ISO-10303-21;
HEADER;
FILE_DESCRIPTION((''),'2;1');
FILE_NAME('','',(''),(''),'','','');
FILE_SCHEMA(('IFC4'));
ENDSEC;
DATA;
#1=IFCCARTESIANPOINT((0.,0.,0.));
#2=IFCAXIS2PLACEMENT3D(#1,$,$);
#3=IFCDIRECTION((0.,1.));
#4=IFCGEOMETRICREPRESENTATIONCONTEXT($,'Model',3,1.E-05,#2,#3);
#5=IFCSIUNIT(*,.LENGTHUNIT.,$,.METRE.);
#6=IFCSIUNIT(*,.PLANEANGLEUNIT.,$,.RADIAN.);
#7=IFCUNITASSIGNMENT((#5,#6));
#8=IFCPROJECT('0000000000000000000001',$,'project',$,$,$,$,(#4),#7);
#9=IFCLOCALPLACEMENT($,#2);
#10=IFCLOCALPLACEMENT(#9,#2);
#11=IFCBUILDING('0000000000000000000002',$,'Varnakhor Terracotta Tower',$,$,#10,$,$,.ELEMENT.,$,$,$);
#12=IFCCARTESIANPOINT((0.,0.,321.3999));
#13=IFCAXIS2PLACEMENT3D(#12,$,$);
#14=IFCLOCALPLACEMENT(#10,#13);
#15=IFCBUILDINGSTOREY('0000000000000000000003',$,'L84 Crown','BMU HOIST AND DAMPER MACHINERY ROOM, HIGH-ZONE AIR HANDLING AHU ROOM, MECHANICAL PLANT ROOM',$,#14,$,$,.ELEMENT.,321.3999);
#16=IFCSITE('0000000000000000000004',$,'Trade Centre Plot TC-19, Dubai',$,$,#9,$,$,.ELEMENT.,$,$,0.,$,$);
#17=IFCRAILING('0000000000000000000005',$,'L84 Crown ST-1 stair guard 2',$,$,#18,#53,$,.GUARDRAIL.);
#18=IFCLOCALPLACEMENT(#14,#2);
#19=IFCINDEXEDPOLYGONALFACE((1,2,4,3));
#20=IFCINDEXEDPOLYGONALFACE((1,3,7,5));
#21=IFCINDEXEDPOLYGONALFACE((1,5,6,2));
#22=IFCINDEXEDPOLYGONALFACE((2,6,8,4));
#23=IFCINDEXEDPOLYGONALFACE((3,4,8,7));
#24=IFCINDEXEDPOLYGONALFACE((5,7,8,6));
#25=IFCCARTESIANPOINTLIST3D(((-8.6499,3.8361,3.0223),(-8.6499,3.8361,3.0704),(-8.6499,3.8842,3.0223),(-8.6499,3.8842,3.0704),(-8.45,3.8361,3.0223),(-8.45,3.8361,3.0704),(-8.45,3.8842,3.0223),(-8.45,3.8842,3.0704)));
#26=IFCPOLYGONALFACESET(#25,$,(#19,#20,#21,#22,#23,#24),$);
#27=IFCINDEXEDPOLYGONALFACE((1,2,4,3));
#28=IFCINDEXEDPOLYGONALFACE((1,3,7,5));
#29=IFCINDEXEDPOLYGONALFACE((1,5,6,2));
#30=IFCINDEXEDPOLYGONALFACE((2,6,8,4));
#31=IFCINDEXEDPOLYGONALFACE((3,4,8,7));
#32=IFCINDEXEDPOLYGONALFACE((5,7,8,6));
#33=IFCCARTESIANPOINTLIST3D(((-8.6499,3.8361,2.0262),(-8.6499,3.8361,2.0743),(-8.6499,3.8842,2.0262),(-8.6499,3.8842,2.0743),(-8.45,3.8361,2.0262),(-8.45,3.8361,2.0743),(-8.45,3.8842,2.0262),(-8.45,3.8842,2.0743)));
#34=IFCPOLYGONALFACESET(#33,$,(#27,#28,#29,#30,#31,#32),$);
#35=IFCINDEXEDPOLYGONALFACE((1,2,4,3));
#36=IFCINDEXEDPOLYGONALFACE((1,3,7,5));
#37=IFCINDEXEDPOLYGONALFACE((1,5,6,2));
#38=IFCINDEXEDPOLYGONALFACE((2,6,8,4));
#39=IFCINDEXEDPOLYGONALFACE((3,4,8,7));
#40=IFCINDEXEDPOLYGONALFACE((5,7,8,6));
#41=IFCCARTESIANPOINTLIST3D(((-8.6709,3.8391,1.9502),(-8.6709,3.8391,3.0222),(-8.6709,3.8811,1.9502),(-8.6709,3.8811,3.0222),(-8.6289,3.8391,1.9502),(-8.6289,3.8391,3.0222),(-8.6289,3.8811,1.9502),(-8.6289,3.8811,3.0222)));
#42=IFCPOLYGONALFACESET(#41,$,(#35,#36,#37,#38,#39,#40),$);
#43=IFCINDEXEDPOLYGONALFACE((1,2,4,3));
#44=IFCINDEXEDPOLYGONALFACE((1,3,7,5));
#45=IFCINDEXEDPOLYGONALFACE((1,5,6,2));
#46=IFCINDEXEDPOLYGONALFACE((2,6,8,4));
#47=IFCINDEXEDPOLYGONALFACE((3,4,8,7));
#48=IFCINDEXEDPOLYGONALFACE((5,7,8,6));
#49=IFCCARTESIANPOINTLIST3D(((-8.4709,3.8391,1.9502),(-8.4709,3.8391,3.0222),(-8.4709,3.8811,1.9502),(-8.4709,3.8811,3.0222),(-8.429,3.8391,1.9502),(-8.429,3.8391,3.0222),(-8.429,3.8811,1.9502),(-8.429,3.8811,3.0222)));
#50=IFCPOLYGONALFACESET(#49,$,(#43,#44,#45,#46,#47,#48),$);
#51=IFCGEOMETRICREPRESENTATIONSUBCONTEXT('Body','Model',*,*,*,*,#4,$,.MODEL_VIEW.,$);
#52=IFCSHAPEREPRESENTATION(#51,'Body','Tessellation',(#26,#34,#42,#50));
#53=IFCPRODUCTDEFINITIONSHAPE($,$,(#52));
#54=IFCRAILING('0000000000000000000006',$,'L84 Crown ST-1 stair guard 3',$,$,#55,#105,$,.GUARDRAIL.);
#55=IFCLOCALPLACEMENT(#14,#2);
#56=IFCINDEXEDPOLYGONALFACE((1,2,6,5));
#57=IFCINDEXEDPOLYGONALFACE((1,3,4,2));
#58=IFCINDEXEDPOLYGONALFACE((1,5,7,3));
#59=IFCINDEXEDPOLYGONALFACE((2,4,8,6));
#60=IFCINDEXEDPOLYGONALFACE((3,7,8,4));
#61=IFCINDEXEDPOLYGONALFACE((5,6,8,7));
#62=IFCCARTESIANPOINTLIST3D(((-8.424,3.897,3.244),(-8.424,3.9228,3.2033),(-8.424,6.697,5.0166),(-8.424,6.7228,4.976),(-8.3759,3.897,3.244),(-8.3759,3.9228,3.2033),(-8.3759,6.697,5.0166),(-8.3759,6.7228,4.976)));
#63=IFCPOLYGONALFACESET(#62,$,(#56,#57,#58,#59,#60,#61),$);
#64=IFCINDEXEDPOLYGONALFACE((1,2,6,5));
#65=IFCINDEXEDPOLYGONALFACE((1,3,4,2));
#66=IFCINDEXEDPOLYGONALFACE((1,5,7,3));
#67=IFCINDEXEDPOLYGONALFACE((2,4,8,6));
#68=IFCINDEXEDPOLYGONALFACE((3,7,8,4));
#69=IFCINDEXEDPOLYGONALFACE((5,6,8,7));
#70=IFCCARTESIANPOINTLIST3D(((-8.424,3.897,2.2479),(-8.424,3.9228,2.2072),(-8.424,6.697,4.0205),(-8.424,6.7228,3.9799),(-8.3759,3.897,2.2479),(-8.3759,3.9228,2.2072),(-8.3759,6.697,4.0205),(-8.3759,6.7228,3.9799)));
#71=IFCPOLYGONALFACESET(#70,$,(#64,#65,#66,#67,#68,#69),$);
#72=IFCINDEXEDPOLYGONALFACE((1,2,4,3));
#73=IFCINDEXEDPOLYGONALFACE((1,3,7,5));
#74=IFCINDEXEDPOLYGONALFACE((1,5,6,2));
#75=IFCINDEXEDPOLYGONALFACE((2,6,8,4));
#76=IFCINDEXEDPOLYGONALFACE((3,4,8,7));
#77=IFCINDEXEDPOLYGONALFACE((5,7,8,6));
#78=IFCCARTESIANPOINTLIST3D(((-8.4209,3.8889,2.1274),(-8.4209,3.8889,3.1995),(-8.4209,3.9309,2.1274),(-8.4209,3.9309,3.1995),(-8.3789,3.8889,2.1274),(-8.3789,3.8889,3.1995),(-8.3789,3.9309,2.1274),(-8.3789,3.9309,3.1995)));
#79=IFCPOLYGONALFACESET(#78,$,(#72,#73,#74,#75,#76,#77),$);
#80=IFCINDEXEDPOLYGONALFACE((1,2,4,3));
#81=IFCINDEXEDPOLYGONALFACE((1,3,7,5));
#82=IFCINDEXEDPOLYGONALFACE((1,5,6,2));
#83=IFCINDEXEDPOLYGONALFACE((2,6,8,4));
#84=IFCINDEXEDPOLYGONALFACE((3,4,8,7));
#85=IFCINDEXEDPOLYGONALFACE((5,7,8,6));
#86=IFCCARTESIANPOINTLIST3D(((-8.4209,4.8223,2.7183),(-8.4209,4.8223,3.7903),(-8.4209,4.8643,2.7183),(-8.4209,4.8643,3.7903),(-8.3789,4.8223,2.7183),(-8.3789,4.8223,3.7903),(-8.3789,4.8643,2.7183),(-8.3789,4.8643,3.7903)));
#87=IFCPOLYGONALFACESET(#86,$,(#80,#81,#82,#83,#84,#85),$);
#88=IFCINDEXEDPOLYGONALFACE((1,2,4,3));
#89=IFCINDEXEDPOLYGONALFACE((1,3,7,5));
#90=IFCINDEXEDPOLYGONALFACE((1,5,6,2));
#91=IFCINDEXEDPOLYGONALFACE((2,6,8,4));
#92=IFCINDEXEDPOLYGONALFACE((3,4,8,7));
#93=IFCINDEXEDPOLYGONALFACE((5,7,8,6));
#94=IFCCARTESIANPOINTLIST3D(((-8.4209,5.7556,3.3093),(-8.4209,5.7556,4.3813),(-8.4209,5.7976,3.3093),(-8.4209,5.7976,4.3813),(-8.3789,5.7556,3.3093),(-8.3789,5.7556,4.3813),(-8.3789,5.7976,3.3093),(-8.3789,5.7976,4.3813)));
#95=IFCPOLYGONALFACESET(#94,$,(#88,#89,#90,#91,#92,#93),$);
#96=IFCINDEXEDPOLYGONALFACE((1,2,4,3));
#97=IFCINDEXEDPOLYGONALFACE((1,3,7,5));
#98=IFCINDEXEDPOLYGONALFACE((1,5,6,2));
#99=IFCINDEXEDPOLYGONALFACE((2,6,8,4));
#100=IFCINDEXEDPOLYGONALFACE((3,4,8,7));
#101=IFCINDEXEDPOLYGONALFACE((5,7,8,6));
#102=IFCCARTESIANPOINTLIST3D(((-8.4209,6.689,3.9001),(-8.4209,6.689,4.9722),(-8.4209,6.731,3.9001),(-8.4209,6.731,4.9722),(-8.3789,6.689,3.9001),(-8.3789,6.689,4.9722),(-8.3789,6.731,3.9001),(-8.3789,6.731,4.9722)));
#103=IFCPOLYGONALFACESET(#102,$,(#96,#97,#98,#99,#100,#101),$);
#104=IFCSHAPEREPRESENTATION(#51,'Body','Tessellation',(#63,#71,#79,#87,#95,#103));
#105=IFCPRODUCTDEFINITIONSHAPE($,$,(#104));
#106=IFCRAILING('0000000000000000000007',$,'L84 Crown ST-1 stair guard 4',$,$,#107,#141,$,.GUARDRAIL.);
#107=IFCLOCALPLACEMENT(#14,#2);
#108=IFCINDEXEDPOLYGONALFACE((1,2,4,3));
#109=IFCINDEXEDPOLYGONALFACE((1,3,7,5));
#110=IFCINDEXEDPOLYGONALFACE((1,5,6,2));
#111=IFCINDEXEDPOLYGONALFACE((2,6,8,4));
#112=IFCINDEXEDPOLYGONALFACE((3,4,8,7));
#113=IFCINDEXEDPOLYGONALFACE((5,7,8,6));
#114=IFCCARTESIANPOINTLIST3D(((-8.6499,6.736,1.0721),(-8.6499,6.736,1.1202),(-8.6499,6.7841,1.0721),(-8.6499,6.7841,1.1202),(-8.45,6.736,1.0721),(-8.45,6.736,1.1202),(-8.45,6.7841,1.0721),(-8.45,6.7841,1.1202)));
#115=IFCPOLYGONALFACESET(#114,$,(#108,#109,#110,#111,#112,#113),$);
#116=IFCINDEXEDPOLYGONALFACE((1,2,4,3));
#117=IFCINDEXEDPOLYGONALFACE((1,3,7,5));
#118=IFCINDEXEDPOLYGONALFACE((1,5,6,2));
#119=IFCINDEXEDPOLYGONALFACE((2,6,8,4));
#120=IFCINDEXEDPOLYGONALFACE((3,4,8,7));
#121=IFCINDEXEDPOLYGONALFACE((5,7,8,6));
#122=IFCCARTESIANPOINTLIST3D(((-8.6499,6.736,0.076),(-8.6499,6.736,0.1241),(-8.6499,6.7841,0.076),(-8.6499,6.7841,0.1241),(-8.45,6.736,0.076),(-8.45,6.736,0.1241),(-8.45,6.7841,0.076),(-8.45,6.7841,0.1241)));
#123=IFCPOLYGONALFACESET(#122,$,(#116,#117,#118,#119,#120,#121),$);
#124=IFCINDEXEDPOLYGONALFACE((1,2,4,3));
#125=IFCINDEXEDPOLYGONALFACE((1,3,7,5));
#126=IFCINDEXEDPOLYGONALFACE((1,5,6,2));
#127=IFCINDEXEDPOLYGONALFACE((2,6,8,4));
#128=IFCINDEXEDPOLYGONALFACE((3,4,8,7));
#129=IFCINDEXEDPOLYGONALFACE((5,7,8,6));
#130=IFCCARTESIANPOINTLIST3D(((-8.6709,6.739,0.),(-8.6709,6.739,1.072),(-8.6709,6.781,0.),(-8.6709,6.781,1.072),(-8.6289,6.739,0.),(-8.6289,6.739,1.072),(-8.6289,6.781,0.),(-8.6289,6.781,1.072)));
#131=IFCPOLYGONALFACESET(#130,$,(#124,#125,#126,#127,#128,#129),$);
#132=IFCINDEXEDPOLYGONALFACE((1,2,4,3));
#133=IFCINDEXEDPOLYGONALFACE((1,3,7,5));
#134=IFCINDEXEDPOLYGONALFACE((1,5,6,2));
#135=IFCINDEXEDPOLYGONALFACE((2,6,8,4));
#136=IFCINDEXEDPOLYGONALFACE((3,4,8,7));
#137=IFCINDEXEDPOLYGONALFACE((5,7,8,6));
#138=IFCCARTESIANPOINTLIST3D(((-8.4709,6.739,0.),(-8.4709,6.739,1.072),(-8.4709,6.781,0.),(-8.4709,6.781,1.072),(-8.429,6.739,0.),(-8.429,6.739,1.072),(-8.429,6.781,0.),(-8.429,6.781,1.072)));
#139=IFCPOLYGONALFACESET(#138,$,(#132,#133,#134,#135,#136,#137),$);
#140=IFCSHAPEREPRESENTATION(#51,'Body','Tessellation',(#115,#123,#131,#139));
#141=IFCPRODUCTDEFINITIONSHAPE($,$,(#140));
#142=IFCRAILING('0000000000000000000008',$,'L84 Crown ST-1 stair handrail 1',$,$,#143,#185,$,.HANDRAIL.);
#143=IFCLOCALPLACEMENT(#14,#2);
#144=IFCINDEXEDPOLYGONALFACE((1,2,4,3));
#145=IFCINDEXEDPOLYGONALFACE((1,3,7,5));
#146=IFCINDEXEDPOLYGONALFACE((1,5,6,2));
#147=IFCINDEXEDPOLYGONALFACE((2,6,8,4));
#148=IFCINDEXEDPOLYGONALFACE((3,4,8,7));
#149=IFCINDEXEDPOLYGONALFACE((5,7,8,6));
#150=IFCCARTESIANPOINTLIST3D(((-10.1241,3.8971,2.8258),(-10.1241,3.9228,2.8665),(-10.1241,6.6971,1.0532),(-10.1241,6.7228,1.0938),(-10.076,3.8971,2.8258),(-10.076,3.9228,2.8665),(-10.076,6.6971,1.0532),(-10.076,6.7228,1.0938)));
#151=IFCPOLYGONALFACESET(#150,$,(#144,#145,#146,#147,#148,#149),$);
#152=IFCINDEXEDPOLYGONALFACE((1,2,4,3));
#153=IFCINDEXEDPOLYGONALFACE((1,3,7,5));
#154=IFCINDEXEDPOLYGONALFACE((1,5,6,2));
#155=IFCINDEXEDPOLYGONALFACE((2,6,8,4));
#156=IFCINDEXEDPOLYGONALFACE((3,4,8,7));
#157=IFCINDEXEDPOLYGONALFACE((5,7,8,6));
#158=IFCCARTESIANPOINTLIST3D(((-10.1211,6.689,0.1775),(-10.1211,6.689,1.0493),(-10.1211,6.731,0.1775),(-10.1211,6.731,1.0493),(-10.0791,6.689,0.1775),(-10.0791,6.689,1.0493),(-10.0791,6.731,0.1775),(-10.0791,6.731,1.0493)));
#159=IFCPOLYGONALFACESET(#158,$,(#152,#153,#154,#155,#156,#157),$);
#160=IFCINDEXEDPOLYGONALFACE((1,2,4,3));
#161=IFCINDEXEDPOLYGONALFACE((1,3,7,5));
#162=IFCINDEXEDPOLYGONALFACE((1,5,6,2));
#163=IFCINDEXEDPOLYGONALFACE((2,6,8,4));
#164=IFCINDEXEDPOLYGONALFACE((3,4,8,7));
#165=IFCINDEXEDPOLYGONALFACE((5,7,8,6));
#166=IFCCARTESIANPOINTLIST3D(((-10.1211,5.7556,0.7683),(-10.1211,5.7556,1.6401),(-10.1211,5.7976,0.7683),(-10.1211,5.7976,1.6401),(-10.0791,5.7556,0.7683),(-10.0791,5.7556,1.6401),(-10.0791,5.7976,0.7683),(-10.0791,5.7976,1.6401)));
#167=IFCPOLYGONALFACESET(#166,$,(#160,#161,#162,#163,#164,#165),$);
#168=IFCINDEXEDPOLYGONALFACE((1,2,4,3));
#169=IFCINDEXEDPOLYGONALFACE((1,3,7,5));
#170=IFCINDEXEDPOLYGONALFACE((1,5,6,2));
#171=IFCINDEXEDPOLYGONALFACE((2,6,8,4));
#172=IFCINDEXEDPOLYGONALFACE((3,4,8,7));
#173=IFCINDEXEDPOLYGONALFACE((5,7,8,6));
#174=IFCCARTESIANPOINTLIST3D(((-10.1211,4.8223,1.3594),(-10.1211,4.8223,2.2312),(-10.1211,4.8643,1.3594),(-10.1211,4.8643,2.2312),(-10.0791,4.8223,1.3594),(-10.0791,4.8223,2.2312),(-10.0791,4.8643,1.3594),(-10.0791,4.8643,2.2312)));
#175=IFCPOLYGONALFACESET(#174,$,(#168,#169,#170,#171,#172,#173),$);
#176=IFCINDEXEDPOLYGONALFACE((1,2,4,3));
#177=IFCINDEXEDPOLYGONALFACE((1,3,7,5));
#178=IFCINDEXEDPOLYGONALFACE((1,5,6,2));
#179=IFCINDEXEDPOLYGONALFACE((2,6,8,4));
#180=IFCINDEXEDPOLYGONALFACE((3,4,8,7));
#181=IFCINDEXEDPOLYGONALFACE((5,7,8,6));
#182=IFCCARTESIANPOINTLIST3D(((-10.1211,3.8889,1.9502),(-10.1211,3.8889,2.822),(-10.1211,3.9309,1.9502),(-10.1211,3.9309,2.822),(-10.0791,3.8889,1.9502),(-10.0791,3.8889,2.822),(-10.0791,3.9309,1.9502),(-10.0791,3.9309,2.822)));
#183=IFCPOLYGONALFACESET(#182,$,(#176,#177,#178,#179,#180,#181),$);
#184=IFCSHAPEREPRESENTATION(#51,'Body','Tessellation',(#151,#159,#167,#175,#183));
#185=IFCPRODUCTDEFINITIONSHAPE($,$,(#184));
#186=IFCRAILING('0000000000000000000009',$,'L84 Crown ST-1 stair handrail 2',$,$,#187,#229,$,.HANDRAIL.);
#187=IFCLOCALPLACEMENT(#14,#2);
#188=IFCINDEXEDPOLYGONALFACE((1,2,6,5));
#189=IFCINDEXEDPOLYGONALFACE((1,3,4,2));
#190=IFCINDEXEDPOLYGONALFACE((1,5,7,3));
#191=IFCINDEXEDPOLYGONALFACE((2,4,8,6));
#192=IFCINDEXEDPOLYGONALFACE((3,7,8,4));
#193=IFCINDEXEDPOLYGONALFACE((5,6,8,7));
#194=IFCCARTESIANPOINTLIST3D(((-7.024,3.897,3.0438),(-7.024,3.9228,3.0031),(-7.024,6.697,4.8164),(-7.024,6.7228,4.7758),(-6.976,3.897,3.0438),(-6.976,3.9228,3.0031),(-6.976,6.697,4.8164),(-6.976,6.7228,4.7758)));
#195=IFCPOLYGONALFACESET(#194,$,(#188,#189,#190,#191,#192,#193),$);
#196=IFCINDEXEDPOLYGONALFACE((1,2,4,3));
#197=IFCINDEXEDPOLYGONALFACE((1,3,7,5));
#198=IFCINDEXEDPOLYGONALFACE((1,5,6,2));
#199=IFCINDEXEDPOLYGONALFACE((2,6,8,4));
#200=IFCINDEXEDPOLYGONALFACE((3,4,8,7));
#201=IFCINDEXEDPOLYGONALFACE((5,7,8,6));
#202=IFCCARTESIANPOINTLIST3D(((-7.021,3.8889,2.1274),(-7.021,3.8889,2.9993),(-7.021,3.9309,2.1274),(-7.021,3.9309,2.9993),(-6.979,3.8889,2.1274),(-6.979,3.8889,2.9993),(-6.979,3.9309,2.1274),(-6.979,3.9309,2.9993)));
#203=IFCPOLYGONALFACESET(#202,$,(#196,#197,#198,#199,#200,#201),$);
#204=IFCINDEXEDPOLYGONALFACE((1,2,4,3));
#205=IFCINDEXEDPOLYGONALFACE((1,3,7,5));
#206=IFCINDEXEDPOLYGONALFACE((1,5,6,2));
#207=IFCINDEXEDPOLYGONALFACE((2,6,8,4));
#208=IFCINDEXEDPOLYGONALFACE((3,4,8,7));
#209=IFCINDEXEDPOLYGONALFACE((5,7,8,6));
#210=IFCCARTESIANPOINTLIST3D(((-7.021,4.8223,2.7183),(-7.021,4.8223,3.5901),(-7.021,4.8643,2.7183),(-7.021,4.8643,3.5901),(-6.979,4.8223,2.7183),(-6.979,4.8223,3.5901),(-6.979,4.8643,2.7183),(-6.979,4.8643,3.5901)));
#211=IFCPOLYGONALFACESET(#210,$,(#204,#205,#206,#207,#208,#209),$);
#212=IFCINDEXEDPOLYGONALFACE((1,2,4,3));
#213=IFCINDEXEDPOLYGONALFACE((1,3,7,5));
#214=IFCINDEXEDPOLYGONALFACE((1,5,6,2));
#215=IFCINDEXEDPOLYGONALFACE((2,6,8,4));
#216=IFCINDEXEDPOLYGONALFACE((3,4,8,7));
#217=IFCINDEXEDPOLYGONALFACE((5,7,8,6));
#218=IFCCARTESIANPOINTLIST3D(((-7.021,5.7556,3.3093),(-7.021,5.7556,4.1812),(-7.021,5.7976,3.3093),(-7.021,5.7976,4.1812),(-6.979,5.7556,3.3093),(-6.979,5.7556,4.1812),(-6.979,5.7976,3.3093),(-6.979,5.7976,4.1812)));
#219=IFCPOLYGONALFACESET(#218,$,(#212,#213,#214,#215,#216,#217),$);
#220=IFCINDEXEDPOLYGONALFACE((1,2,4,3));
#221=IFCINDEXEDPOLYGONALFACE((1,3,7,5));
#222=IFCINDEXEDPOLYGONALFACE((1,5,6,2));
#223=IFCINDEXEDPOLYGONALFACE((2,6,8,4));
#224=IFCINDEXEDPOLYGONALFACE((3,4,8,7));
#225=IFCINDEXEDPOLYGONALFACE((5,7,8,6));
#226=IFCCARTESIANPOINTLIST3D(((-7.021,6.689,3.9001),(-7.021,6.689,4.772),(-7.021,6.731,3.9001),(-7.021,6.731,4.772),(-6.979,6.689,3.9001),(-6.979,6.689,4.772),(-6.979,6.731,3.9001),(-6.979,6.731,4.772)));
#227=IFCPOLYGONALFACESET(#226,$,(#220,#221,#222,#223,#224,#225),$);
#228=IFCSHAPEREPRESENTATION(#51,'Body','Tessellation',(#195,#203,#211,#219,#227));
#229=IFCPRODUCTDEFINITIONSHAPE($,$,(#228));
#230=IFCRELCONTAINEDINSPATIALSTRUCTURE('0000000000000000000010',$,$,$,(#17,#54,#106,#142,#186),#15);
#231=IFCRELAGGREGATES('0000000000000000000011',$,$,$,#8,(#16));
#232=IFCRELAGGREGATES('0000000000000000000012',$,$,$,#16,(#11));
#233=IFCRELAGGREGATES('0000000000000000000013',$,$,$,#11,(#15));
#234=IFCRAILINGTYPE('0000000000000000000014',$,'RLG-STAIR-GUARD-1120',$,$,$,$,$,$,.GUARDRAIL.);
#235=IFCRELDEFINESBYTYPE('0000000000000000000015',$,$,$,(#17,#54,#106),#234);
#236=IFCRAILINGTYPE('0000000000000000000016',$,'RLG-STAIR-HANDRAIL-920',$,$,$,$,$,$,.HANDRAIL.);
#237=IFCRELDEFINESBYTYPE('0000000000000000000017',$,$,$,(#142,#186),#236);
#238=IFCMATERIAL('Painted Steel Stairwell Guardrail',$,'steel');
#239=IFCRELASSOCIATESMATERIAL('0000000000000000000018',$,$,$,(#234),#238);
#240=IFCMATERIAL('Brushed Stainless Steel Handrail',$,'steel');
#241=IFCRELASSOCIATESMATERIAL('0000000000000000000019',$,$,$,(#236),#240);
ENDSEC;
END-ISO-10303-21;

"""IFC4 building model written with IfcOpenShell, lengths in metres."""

from ifc_helpers import new_model, si_unit, direction, frame, origin, origin_2d, place, context, subcontext, project, spatial, rectangle, extrude, material, type_object, element, save


model = new_model("IFC4")

# Units and contexts
model_context = context("Model", 3, precision=1e-05, world=origin(), true_north=direction((0.0, 1.0)))
body_context = subcontext(model_context, "Body", "Model", "MODEL_VIEW")
ifc_project = project(units=[si_unit("LENGTHUNIT", "METRE"), si_unit("PLANEANGLEUNIT", "RADIAN")], contexts=[model_context])

# Site, building, storey
site_placement = place(None, origin())
site = spatial("IfcSite", under=ifc_project, at=site_placement, Name="Trade Centre Plot TC-19, Dubai", CompositionType="ELEMENT", RefElevation=0.0)
building_placement = place(site_placement, origin())
building = spatial("IfcBuilding", under=site, at=building_placement, Name="Varnakhor Terracotta Tower", CompositionType="ELEMENT")
storey_placement = place(building_placement, frame((0.0, 0.0, 321.3999)))
storey = spatial("IfcBuildingStorey", under=building, at=storey_placement, Name="L84 Crown", Description="BMU HOIST AND DAMPER MACHINERY ROOM, HIGH-ZONE AIR HANDLING AHU ROOM, MECHANICAL PLANT ROOM", CompositionType="ELEMENT", Elevation=321.3999)

# Railings
ifc_material_1 = material(Name="Painted Steel Stairwell Guardrail", Category="steel")
railing_type_1 = type_object("IfcRailingType", Name="RLG-STAIR-GUARD-1120", PredefinedType="GUARDRAIL", material=ifc_material_1)
railing_1_placement = place(storey_placement, frame((-8.6499, 3.8601, 1.9502)))
element("IfcRailing", 1, at=railing_1_placement, inside=storey, type_object=railing_type_1, Name="L84 Crown ST-1 stair guard 2", PredefinedType="GUARDRAIL", context=body_context, shape_type="SweptSolid", body=[
    extrude(rectangle(XDim=0.0481, YDim=0.0481, at=origin_2d()), frame((0.0, 0.0, 1.0962), z_axis=(1.0, 0.0, 0.0), x_axis=(0.0, 1.0, 0.0)), (0.0, 0.0, 1.0), 0.2),
    extrude(rectangle(XDim=0.0481, YDim=0.0481, at=origin_2d()), frame((0.0, 0.0, 0.1001), z_axis=(1.0, 0.0, 0.0), x_axis=(0.0, 1.0, 0.0)), (0.0, 0.0, 1.0), 0.2),
    extrude(rectangle(XDim=0.042, YDim=0.042, at=origin_2d()), origin(), (0.0, 0.0, 1.0), 1.072),
    extrude(rectangle(XDim=0.042, YDim=0.042, at=origin_2d()), frame((0.2, 0.0, 0.0)), (0.0, 0.0, 1.0), 1.072),
])
railing_2_placement = place(storey_placement, frame((-8.3999, 3.9099, 2.1274)))
element("IfcRailing", 2, at=railing_2_placement, inside=storey, type_object=railing_type_1, Name="L84 Crown ST-1 stair guard 3", PredefinedType="GUARDRAIL", context=body_context, shape_type="SweptSolid", body=[
    extrude(rectangle(XDim=0.0481, YDim=0.0481, at=origin_2d()), frame((0.0, 0.0, 1.0962), z_axis=(0.0, 0.844909, 0.53491), x_axis=(-1.0, 0.0, 0.0)), (0.0, 0.0, 1.0), 3.314),
    extrude(rectangle(XDim=0.0481, YDim=0.0481, at=origin_2d()), frame((0.0, 0.0, 0.1001), z_axis=(0.0, 0.844909, 0.53491), x_axis=(-1.0, 0.0, 0.0)), (0.0, 0.0, 1.0), 3.314),
    extrude(rectangle(XDim=0.042, YDim=0.042, at=origin_2d()), origin(), (0.0, 0.0, 1.0), 1.072),
    extrude(rectangle(XDim=0.042, YDim=0.042, at=origin_2d()), frame((0.0, 0.9333, 0.5908)), (0.0, 0.0, 1.0), 1.072),
    extrude(rectangle(XDim=0.042, YDim=0.042, at=origin_2d()), frame((0.0, 1.8667, 1.1819)), (0.0, 0.0, 1.0), 1.072),
    extrude(rectangle(XDim=0.042, YDim=0.042, at=origin_2d()), frame((0.0, 2.8, 1.7727)), (0.0, 0.0, 1.0), 1.072),
])
railing_3_placement = place(storey_placement, frame((-8.6499, 6.76, 0.0)))
element("IfcRailing", 3, at=railing_3_placement, inside=storey, type_object=railing_type_1, Name="L84 Crown ST-1 stair guard 4", PredefinedType="GUARDRAIL", context=body_context, shape_type="SweptSolid", body=[
    extrude(rectangle(XDim=0.0481, YDim=0.0481, at=origin_2d()), frame((0.0, 0.0, 1.0962), z_axis=(1.0, 0.0, 0.0), x_axis=(0.0, 1.0, 0.0)), (0.0, 0.0, 1.0), 0.2),
    extrude(rectangle(XDim=0.0481, YDim=0.0481, at=origin_2d()), frame((0.0, 0.0, 0.1001), z_axis=(1.0, 0.0, 0.0), x_axis=(0.0, 1.0, 0.0)), (0.0, 0.0, 1.0), 0.2),
    extrude(rectangle(XDim=0.042, YDim=0.042, at=origin_2d()), origin(), (0.0, 0.0, 1.0), 1.072),
    extrude(rectangle(XDim=0.042, YDim=0.042, at=origin_2d()), frame((0.2, 0.0, 0.0)), (0.0, 0.0, 1.0), 1.072),
])
ifc_material_2 = material(Name="Brushed Stainless Steel Handrail", Category="steel")
railing_type_2 = type_object("IfcRailingType", Name="RLG-STAIR-HANDRAIL-920", PredefinedType="HANDRAIL", material=ifc_material_2)
railing_4_placement = place(storey_placement, frame((-10.1001, 6.71, 0.1775)))
element("IfcRailing", 4, at=railing_4_placement, inside=storey, type_object=railing_type_2, Name="L84 Crown ST-1 stair handrail 1", PredefinedType="HANDRAIL", context=body_context, shape_type="SweptSolid", body=[
    extrude(rectangle(XDim=0.0481, YDim=0.0481, at=origin_2d()), frame((0.0, 0.0, 0.896), z_axis=(0.0, -0.844909, 0.53491), x_axis=(1.0, 0.0, 0.0)), (0.0, 0.0, 1.0), 3.314),
    extrude(rectangle(XDim=0.042, YDim=0.042, at=origin_2d()), origin(), (0.0, 0.0, 1.0), 0.8718),
    extrude(rectangle(XDim=0.042, YDim=0.042, at=origin_2d()), frame((0.0, -0.9333, 0.5908)), (0.0, 0.0, 1.0), 0.8718),
    extrude(rectangle(XDim=0.042, YDim=0.042, at=origin_2d()), frame((0.0, -1.8667, 1.1819)), (0.0, 0.0, 1.0), 0.8718),
    extrude(rectangle(XDim=0.042, YDim=0.042, at=origin_2d()), frame((0.0, -2.8, 1.7727)), (0.0, 0.0, 1.0), 0.8718),
])
railing_5_placement = place(storey_placement, frame((-7.0, 3.9099, 2.1274)))
element("IfcRailing", 5, at=railing_5_placement, inside=storey, type_object=railing_type_2, Name="L84 Crown ST-1 stair handrail 2", PredefinedType="HANDRAIL", context=body_context, shape_type="SweptSolid", body=[
    extrude(rectangle(XDim=0.0481, YDim=0.0481, at=origin_2d()), frame((0.0, 0.0, 0.896), z_axis=(0.0, 0.844909, 0.53491), x_axis=(-1.0, 0.0, 0.0)), (0.0, 0.0, 1.0), 3.314),
    extrude(rectangle(XDim=0.042, YDim=0.042, at=origin_2d()), origin(), (0.0, 0.0, 1.0), 0.8718),
    extrude(rectangle(XDim=0.042, YDim=0.042, at=origin_2d()), frame((0.0, 0.9333, 0.5908)), (0.0, 0.0, 1.0), 0.8718),
    extrude(rectangle(XDim=0.042, YDim=0.042, at=origin_2d()), frame((0.0, 1.8667, 1.1819)), (0.0, 0.0, 1.0), 0.8718),
    extrude(rectangle(XDim=0.042, YDim=0.042, at=origin_2d()), frame((0.0, 2.8, 1.7727)), (0.0, 0.0, 1.0), 0.8718),
])

save(model, "model.ifc")
